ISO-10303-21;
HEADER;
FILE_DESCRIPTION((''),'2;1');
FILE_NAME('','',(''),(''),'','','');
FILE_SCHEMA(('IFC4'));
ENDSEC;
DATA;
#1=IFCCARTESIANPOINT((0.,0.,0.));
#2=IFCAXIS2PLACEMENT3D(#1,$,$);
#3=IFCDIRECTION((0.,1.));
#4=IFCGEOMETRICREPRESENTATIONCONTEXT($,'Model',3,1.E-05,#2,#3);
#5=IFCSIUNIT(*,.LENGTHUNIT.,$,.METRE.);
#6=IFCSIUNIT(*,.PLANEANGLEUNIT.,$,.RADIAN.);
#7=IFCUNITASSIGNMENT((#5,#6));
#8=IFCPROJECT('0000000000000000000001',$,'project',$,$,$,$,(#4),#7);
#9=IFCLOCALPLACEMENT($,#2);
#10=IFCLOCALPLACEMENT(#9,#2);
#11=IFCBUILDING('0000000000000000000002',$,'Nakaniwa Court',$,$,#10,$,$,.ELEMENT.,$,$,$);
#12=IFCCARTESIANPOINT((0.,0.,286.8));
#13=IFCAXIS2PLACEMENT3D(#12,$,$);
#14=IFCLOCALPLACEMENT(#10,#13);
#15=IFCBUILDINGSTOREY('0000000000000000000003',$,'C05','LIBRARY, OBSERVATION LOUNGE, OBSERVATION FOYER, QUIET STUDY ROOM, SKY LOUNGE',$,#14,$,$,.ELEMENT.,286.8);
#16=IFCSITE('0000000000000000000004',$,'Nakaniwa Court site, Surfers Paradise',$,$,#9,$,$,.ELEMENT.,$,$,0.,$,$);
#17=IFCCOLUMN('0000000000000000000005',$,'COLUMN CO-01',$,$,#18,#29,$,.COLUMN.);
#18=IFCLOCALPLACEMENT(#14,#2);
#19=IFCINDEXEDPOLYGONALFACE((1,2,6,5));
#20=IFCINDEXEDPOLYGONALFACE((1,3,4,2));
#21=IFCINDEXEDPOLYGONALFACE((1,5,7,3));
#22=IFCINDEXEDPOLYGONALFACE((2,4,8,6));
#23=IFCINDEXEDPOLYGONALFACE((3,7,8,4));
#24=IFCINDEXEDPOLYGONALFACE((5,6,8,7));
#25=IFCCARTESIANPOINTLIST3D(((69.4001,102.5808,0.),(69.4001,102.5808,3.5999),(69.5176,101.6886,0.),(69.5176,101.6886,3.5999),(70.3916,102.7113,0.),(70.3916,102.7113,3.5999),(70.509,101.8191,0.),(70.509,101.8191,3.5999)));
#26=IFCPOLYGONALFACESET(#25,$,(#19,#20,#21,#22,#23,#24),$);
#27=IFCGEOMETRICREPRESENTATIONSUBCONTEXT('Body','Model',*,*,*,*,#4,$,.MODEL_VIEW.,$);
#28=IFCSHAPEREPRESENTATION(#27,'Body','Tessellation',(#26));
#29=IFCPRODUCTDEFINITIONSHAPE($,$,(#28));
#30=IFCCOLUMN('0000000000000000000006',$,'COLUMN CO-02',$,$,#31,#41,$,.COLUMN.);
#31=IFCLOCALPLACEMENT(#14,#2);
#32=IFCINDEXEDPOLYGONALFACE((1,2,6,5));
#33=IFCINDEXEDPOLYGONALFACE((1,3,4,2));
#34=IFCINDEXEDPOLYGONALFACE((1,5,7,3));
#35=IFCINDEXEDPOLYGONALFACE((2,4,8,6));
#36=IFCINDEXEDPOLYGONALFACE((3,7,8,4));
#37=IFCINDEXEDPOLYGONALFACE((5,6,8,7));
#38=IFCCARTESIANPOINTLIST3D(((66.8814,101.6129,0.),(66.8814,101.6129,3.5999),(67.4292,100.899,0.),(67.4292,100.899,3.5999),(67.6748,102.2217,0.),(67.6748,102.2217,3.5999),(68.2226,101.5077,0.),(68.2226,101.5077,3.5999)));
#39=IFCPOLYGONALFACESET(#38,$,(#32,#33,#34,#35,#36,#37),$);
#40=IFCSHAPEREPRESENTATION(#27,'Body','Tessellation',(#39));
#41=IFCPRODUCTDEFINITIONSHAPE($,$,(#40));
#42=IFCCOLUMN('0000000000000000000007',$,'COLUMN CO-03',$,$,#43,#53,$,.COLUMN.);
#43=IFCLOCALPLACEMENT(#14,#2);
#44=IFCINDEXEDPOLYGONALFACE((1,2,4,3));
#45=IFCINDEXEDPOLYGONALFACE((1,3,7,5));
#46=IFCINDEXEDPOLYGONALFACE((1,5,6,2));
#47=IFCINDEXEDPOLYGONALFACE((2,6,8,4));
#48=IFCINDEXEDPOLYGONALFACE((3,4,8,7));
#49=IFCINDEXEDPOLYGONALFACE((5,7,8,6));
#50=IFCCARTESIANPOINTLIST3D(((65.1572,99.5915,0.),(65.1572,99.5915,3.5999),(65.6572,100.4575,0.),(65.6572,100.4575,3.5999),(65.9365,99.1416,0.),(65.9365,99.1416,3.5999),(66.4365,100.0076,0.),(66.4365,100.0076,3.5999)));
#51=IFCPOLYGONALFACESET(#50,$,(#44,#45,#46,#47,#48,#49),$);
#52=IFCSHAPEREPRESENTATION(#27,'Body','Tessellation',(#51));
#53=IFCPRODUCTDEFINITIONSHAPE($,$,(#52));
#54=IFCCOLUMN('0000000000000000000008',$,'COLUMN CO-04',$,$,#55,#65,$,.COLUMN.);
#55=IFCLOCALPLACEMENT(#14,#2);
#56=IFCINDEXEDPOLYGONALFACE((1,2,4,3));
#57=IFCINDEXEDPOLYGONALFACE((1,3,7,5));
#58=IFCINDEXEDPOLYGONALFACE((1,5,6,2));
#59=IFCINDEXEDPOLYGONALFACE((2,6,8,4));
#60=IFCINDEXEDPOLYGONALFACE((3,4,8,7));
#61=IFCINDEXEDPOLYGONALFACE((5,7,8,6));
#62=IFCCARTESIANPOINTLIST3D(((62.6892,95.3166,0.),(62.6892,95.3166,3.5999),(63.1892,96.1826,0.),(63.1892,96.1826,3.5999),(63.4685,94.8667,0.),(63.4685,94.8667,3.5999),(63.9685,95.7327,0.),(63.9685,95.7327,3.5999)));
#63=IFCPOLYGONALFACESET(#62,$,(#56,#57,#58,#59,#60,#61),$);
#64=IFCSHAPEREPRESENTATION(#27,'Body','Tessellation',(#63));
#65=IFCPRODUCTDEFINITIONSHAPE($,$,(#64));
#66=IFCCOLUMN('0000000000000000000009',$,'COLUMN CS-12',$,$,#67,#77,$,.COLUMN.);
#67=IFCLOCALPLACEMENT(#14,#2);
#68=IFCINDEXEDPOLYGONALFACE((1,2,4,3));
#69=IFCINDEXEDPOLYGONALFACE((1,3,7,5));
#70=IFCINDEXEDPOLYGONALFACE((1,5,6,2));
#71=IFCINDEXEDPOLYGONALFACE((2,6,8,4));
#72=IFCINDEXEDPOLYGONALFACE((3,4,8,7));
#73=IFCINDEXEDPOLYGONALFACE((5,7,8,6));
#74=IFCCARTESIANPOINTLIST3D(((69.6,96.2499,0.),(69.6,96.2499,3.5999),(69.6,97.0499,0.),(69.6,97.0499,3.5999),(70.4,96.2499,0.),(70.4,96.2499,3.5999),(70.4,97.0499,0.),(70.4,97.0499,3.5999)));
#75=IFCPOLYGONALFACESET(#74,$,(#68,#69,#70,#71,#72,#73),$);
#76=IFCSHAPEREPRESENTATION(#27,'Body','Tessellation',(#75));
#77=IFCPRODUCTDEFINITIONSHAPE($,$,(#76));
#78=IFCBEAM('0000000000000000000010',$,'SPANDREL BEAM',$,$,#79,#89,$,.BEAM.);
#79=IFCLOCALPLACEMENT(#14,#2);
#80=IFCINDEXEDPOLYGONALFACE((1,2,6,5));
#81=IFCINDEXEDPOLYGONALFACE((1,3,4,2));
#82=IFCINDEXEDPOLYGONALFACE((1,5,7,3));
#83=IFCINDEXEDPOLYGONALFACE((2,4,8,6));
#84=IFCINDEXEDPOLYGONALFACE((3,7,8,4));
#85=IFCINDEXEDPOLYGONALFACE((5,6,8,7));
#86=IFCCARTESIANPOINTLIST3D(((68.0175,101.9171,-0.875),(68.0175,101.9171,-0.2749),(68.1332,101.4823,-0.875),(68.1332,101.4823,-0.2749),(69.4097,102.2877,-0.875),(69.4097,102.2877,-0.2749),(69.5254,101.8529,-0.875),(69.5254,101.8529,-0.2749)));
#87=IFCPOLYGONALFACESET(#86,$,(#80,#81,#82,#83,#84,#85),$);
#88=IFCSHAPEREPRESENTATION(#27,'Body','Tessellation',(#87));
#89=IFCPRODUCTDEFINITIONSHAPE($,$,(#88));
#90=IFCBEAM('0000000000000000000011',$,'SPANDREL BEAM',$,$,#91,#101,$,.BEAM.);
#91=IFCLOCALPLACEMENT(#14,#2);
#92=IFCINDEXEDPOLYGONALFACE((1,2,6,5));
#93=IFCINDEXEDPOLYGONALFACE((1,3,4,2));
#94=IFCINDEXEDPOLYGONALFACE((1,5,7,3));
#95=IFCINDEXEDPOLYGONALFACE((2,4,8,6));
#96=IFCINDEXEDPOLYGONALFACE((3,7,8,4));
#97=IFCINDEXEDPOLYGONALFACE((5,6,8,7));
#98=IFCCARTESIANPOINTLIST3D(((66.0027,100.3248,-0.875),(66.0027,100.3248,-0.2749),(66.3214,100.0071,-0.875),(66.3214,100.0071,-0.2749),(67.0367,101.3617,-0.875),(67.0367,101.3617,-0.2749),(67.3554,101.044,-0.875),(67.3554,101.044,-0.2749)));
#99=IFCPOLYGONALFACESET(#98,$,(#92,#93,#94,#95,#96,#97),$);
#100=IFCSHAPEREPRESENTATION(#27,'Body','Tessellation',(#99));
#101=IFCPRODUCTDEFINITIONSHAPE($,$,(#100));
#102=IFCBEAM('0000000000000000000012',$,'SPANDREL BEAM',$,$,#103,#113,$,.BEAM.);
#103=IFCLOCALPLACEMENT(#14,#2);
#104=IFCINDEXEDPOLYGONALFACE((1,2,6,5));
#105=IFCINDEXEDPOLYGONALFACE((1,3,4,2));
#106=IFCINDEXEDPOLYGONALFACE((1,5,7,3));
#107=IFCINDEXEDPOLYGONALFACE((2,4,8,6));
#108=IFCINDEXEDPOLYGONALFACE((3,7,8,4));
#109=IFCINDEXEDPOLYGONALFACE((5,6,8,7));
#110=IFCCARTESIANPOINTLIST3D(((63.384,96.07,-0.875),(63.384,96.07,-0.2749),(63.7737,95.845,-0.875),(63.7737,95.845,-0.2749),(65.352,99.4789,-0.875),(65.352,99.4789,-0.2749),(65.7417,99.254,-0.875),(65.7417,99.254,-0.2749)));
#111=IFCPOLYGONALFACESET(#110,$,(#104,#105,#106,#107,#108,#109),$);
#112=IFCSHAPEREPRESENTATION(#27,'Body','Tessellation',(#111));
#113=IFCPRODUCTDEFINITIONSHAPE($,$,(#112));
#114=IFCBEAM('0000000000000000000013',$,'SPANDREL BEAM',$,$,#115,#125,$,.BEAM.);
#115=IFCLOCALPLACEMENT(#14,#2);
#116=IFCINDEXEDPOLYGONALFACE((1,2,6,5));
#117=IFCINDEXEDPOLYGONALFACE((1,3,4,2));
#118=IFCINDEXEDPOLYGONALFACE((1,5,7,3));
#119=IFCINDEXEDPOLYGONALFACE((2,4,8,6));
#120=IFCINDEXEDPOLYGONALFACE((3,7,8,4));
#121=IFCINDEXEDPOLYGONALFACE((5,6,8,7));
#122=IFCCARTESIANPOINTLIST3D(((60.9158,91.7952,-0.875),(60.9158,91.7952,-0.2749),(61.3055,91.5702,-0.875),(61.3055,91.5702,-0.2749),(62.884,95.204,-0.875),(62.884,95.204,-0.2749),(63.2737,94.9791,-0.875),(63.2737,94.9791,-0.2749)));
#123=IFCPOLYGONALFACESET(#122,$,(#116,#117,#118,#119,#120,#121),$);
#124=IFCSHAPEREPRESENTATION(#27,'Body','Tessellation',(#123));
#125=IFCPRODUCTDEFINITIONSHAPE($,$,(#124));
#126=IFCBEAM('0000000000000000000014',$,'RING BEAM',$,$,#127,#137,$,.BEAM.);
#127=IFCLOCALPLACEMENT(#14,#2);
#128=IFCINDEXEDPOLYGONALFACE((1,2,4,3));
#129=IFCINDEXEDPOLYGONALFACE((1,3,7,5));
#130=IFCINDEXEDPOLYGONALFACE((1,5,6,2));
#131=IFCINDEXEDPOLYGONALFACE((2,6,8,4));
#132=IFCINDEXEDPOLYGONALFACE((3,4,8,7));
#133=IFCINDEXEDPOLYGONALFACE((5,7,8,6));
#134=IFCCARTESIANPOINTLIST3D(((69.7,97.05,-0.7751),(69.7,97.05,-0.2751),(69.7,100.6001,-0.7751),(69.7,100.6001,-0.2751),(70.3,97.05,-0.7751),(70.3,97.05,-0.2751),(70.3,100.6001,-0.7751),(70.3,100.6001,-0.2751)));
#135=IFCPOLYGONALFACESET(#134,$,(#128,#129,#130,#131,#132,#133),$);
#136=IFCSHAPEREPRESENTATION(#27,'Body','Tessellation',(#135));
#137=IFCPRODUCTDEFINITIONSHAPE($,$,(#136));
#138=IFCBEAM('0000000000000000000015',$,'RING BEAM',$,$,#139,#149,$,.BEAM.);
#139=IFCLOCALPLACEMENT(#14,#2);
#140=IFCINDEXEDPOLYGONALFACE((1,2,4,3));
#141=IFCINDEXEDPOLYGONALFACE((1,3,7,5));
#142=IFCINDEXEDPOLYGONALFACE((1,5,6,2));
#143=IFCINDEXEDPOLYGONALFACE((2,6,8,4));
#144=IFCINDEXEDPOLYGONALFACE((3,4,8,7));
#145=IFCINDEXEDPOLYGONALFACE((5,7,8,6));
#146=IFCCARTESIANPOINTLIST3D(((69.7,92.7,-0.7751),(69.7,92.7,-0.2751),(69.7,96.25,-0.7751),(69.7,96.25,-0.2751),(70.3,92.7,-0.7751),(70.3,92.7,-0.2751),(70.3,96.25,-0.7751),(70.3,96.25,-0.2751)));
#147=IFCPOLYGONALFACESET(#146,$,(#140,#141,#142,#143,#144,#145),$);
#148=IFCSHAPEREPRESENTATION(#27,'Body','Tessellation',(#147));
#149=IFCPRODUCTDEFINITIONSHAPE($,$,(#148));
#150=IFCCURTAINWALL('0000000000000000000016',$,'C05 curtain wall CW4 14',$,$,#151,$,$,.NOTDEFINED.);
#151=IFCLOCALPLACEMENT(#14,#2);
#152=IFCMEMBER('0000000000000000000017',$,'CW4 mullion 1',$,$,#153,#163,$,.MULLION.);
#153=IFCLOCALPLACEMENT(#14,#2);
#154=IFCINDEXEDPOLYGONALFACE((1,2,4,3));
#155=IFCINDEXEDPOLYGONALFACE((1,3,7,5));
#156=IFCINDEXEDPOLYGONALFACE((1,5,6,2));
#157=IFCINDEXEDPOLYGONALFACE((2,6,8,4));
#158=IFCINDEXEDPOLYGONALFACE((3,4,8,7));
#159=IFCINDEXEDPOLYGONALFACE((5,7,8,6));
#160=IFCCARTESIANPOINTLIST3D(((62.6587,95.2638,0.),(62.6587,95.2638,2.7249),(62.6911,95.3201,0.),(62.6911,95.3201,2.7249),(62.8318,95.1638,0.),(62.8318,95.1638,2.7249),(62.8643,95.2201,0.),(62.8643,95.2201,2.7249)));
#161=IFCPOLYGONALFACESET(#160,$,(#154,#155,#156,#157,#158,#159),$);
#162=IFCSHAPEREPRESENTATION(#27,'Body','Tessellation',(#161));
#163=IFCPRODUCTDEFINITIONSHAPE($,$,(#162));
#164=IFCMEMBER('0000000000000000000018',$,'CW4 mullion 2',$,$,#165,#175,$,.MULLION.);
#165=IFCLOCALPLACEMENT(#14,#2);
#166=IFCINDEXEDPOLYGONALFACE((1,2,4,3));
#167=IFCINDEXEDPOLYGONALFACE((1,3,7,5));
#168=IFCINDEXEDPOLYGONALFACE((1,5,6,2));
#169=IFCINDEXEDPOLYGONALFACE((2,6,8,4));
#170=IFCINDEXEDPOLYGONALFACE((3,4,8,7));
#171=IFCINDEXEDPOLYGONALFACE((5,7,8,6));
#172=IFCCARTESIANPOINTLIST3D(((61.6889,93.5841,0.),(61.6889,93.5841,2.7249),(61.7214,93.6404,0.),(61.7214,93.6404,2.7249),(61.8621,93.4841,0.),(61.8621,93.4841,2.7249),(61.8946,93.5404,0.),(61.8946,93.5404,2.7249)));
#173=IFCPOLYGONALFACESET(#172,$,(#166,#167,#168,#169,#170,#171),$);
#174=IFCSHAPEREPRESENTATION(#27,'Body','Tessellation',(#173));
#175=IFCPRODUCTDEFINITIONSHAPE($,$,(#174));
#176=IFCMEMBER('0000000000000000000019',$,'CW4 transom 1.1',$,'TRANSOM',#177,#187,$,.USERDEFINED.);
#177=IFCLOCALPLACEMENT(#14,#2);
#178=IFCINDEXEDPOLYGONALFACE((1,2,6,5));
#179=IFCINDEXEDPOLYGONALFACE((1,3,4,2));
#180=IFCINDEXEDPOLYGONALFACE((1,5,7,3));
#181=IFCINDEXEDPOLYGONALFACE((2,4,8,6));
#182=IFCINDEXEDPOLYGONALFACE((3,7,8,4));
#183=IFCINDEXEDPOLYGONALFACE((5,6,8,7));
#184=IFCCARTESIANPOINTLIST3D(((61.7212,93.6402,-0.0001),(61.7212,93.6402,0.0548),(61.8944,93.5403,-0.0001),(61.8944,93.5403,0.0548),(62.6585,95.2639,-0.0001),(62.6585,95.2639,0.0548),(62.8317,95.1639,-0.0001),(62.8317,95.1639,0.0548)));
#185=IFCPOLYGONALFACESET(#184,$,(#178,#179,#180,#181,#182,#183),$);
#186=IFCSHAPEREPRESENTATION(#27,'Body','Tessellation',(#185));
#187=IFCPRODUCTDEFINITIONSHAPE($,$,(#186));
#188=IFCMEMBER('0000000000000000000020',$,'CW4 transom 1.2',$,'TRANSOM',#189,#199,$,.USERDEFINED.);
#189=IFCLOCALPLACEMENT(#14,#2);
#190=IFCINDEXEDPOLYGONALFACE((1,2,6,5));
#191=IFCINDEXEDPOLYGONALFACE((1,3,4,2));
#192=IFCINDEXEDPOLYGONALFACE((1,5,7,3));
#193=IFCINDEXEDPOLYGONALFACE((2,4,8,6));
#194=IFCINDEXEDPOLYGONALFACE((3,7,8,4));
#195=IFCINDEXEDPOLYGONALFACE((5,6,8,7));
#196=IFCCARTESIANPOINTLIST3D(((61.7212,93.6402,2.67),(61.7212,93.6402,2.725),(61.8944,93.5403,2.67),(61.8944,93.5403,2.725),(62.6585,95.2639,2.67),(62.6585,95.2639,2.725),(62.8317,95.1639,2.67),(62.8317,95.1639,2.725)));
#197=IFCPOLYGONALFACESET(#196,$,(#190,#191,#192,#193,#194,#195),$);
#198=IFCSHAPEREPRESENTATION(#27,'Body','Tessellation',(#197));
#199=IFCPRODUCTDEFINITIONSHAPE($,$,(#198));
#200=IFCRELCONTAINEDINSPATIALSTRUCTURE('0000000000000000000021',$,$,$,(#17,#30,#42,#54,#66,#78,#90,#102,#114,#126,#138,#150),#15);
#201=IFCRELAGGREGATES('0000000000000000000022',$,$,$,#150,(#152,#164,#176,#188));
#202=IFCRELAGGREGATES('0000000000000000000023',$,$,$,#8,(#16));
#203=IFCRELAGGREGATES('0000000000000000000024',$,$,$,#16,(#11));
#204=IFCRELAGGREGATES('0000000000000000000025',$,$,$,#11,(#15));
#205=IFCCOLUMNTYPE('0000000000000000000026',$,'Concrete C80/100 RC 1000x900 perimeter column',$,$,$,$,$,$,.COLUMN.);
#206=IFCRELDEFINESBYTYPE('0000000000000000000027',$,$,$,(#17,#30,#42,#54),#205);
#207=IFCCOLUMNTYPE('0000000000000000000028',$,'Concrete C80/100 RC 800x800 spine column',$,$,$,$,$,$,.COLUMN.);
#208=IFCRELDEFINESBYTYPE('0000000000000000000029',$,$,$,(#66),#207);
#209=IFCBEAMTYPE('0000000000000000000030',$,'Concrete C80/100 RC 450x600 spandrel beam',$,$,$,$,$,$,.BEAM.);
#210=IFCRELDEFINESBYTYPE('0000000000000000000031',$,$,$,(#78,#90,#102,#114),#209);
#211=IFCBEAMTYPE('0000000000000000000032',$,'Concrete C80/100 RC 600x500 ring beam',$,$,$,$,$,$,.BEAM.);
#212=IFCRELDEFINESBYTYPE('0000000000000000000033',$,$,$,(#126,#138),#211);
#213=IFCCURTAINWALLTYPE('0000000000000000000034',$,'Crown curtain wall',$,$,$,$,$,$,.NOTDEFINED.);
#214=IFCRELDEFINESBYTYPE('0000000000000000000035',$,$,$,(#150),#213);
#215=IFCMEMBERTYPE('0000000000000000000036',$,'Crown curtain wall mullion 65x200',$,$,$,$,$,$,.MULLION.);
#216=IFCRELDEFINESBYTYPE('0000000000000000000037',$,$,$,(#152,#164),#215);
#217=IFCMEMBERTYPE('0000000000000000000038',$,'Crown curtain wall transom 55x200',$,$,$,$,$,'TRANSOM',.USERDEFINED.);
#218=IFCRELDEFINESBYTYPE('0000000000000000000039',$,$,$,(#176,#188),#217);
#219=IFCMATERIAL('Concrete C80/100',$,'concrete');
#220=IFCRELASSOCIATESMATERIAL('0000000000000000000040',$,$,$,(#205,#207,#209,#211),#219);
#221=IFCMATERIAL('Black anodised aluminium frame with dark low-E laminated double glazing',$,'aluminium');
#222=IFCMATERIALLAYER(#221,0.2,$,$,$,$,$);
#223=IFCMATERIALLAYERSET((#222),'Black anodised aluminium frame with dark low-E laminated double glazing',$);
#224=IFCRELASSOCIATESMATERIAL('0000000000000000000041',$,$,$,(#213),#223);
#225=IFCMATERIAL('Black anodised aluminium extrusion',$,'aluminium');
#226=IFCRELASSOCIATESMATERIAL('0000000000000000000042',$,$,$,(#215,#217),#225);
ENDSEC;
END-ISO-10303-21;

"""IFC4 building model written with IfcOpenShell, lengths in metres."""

from ifc_helpers import new_model, si_unit, direction, frame, origin, origin_2d, place, context, subcontext, project, spatial, rectangle, extrude, material, layer, layer_set, material_profile, profile_set, type_object, element, aggregate, save


model = new_model("IFC4")

# Units and contexts
model_context = context("Model", 3, precision=1e-05, world=origin(), true_north=direction((0.0, 1.0)))
body_context = subcontext(model_context, "Body", "Model", "MODEL_VIEW")
ifc_project = project(units=[si_unit("LENGTHUNIT", "METRE"), si_unit("PLANEANGLEUNIT", "RADIAN")], contexts=[model_context])

# Site, building, storey
site_placement = place(None, origin())
site = spatial("IfcSite", under=ifc_project, at=site_placement, Name="Nakaniwa Court site, Surfers Paradise", CompositionType="ELEMENT", RefElevation=0.0)
building_placement = place(site_placement, origin())
building = spatial("IfcBuilding", under=site, at=building_placement, Name="Nakaniwa Court", CompositionType="ELEMENT")
storey_placement = place(building_placement, frame((0.0, 0.0, 286.8)))
storey = spatial("IfcBuildingStorey", under=building, at=storey_placement, Name="C05", Description="LIBRARY, OBSERVATION LOUNGE, OBSERVATION FOYER, QUIET STUDY ROOM, SKY LOUNGE", CompositionType="ELEMENT", Elevation=286.8)

# Columns
ifc_material_1 = material(Name="Concrete C80/100", Category="concrete")
ifc_material_profile_1 = material_profile(ifc_material_1, rectangle(XDim=1.0, YDim=0.8999, at=origin_2d()), Name="Concrete C80/100 RC 1000x900 perimeter column")
ifc_profile_set_1 = profile_set([ifc_material_profile_1], Name="Concrete C80/100")
column_type_1 = type_object("IfcColumnType", Name="Concrete C80/100 RC 1000x900 perimeter column", PredefinedType="COLUMN", material=ifc_profile_set_1)
for number, where, z_axis, x_axis, name in (
    (1, (69.9546, 102.2, 0.0), (0.0, 0.0, 1.0), (-0.991443, -0.130543, 0.0), "COLUMN CO-01"),
    (2, (67.552, 101.5603, 0.0), (0.0, 0.0, 1.0), (-0.793364, -0.608748, 0.0), "COLUMN CO-02"),
    (3, (65.7969, 99.7996, 0.0), (0.0, 0.0, 1.0), (-0.5, -0.866025, 0.0), "COLUMN CO-03"),
    (4, (63.3289, 95.5247, 0.0), (0.0, 0.0, 1.0), (-0.5, -0.866025, 0.0), "COLUMN CO-04"),
):
    element("IfcColumn", number, at=place(storey_placement, frame(where, z_axis=z_axis, x_axis=x_axis)), inside=storey, type_object=column_type_1, Name=name, PredefinedType="COLUMN", context=body_context, shape_type="SweptSolid", body=[
        extrude(rectangle(XDim=1.0, YDim=0.8999, at=origin_2d()), origin(), (0.0, 0.0, 1.0), 3.5999),
    ])
ifc_material_profile_2 = material_profile(ifc_material_1, rectangle(XDim=0.8, YDim=0.8, at=origin_2d()), Name="Concrete C80/100 RC 800x800 spine column")
ifc_profile_set_2 = profile_set([ifc_material_profile_2], Name="Concrete C80/100")
column_type_2 = type_object("IfcColumnType", Name="Concrete C80/100 RC 800x800 spine column", PredefinedType="COLUMN", material=ifc_profile_set_2)
column_placement = place(storey_placement, frame((70.0, 96.6499, 0.0), z_axis=(0.0, 0.0, 1.0), x_axis=(0.0, -1.0, 0.0)))
element("IfcColumn", 5, at=column_placement, inside=storey, type_object=column_type_2, Name="COLUMN CS-12", PredefinedType="COLUMN", context=body_context, shape_type="SweptSolid", body=[
    extrude(rectangle(XDim=0.8, YDim=0.8, at=origin_2d()), origin(), (0.0, 0.0, 1.0), 3.5999),
])

# Beams
ifc_material_profile_3 = material_profile(ifc_material_1, rectangle(XDim=0.45, YDim=0.6001, at=origin_2d()), Name="Concrete C80/100 RC 450x600 spandrel beam")
ifc_profile_set_3 = profile_set([ifc_material_profile_3], Name="Concrete C80/100")
beam_type_1 = type_object("IfcBeamType", Name="Concrete C80/100 RC 450x600 spandrel beam", PredefinedType="BEAM", material=ifc_profile_set_3)
beam_1_placement = place(storey_placement, frame((69.4675, 102.0703, -0.575), z_axis=(-0.966342, -0.257262, 0.0), x_axis=(0.257262, -0.966342, 0.0)))
element("IfcBeam", 6, at=beam_1_placement, inside=storey, type_object=beam_type_1, Name="SPANDREL BEAM", PredefinedType="BEAM", context=body_context, shape_type="SweptSolid", body=[
    extrude(rectangle(XDim=0.45, YDim=0.6001, at=origin_2d()), origin(), (0.0, 0.0, 1.0), 1.4407),
])
beam_2_placement = place(storey_placement, frame((67.196, 101.2029, -0.575), z_axis=(-0.706106, -0.708106, 0.0), x_axis=(0.708106, -0.706106, 0.0)))
element("IfcBeam", 7, at=beam_2_placement, inside=storey, type_object=beam_type_1, Name="SPANDREL BEAM", PredefinedType="BEAM", context=body_context, shape_type="SweptSolid", body=[
    extrude(rectangle(XDim=0.45, YDim=0.6001, at=origin_2d()), origin(), (0.0, 0.0, 1.0), 1.4644),
])
for number, where, z_axis, x_axis, name in (
    (8, (65.5469, 99.3665, -0.575), (-0.499975, -0.86604, 0.0), (0.86604, -0.499975, 0.0), "SPANDREL BEAM"),
    (9, (63.0789, 95.0916, -0.575), (-0.500021, -0.866013, 0.0), (0.866013, -0.500021, 0.0), "SPANDREL BEAM"),
):
    element("IfcBeam", number, at=place(storey_placement, frame(where, z_axis=z_axis, x_axis=x_axis)), inside=storey, type_object=beam_type_1, Name=name, PredefinedType="BEAM", context=body_context, shape_type="SweptSolid", body=[
        extrude(rectangle(XDim=0.45, YDim=0.6001, at=origin_2d()), origin(), (0.0, 0.0, 1.0), 3.9363),
    ])
ifc_material_profile_4 = material_profile(ifc_material_1, rectangle(XDim=0.6001, YDim=0.5, at=origin_2d()), Name="Concrete C80/100 RC 600x500 ring beam")
ifc_profile_set_4 = profile_set([ifc_material_profile_4], Name="Concrete C80/100")
beam_type_2 = type_object("IfcBeamType", Name="Concrete C80/100 RC 600x500 ring beam", PredefinedType="BEAM", material=ifc_profile_set_4)
for number, where, z_axis, x_axis, name in (
    (10, (70.0, 100.6001, -0.5251), (0.0, -1.0, 0.0), (1.0, 0.0, 0.0), "RING BEAM"),
    (11, (70.0, 96.25, -0.5251), (0.0, -1.0, 0.0), (1.0, 0.0, 0.0), "RING BEAM"),
):
    element("IfcBeam", number, at=place(storey_placement, frame(where, z_axis=z_axis, x_axis=x_axis)), inside=storey, type_object=beam_type_2, Name=name, PredefinedType="BEAM", context=body_context, shape_type="SweptSolid", body=[
        extrude(rectangle(XDim=0.6001, YDim=0.5, at=origin_2d()), origin(), (0.0, 0.0, 1.0), 3.55),
    ])

# Curtain wall, members
ifc_material_2 = material(Name="Black anodised aluminium frame with dark low-E laminated double glazing", Category="aluminium")
ifc_layer_1 = layer(ifc_material_2, 0.2)
ifc_layer_set_1 = layer_set([ifc_layer_1], Name="Black anodised aluminium frame with dark low-E laminated double glazing")
curtain_wall_type = type_object("IfcCurtainWallType", Name="Crown curtain wall", PredefinedType="NOTDEFINED", material=ifc_layer_set_1)
curtain_wall_placement = place(storey_placement, origin())
curtain_wall = element("IfcCurtainWall", 12, at=curtain_wall_placement, inside=storey, type_object=curtain_wall_type, Name="C05 curtain wall CW4 14", PredefinedType="NOTDEFINED")
ifc_material_3 = material(Name="Black anodised aluminium extrusion", Category="aluminium")
ifc_material_profile_5 = material_profile(ifc_material_3, rectangle(XDim=0.2, YDim=0.0649, at=origin_2d()), Name="Crown curtain wall mullion 65x200")
ifc_profile_set_5 = profile_set([ifc_material_profile_5], Name="Black anodised aluminium extrusion")
member_type_1 = type_object("IfcMemberType", Name="Crown curtain wall mullion 65x200", PredefinedType="MULLION", material=ifc_profile_set_5)
member_1_placement = place(storey_placement, frame((62.7615, 95.2419, 0.0), z_axis=(0.0, 0.0, 1.0), x_axis=(0.866033, -0.499987, 0.0)))
member_1 = element("IfcMember", 13, at=member_1_placement, type_object=member_type_1, Name="CW4 mullion 1", PredefinedType="MULLION", context=body_context, shape_type="SweptSolid", body=[
    extrude(rectangle(XDim=0.2, YDim=0.0649, at=origin_2d()), origin(), (0.0, 0.0, 1.0), 2.7249),
])
member_2_placement = place(storey_placement, frame((61.7917, 93.5623, 0.0), z_axis=(0.0, 0.0, 1.0), x_axis=(0.866033, -0.499987, 0.0)))
member_2 = element("IfcMember", 14, at=member_2_placement, type_object=member_type_1, Name="CW4 mullion 2", PredefinedType="MULLION", context=body_context, shape_type="SweptSolid", body=[
    extrude(rectangle(XDim=0.2, YDim=0.0649, at=origin_2d()), origin(), (0.0, 0.0, 1.0), 2.7249),
])
ifc_material_profile_6 = material_profile(ifc_material_3, rectangle(XDim=0.2, YDim=0.0549, at=origin_2d()), Name="Crown curtain wall transom 55x200")
ifc_profile_set_6 = profile_set([ifc_material_profile_6], Name="Black anodised aluminium extrusion")
member_type_2 = type_object("IfcMemberType", Name="Crown curtain wall transom 55x200", ElementType="TRANSOM", PredefinedType="USERDEFINED", material=ifc_profile_set_6)
member_3_placement = place(storey_placement, frame((62.7451, 95.2139, 0.0273), z_axis=(-0.499963, -0.866047, 0.0), x_axis=(0.866047, -0.499963, 0.0)))
member_3 = element("IfcMember", 15, at=member_3_placement, type_object=member_type_2, Name="CW4 transom 1.1", ObjectType="TRANSOM", PredefinedType="USERDEFINED", context=body_context, shape_type="SweptSolid", body=[
    extrude(rectangle(XDim=0.2, YDim=0.0549, at=origin_2d()), origin(), (0.0, 0.0, 1.0), 1.8748),
])
member_4_placement = place(storey_placement, frame((62.7451, 95.2139, 2.6975), z_axis=(-0.499963, -0.866047, 0.0), x_axis=(0.866047, -0.499963, 0.0)))
member_4 = element("IfcMember", 16, at=member_4_placement, type_object=member_type_2, Name="CW4 transom 1.2", ObjectType="TRANSOM", PredefinedType="USERDEFINED", context=body_context, shape_type="SweptSolid", body=[
    extrude(rectangle(XDim=0.2, YDim=0.0549, at=origin_2d()), origin(), (0.0, 0.0, 1.0), 1.8748),
])
aggregate(curtain_wall, [member_1, member_2, member_3, member_4])

save(model, "model.ifc")
